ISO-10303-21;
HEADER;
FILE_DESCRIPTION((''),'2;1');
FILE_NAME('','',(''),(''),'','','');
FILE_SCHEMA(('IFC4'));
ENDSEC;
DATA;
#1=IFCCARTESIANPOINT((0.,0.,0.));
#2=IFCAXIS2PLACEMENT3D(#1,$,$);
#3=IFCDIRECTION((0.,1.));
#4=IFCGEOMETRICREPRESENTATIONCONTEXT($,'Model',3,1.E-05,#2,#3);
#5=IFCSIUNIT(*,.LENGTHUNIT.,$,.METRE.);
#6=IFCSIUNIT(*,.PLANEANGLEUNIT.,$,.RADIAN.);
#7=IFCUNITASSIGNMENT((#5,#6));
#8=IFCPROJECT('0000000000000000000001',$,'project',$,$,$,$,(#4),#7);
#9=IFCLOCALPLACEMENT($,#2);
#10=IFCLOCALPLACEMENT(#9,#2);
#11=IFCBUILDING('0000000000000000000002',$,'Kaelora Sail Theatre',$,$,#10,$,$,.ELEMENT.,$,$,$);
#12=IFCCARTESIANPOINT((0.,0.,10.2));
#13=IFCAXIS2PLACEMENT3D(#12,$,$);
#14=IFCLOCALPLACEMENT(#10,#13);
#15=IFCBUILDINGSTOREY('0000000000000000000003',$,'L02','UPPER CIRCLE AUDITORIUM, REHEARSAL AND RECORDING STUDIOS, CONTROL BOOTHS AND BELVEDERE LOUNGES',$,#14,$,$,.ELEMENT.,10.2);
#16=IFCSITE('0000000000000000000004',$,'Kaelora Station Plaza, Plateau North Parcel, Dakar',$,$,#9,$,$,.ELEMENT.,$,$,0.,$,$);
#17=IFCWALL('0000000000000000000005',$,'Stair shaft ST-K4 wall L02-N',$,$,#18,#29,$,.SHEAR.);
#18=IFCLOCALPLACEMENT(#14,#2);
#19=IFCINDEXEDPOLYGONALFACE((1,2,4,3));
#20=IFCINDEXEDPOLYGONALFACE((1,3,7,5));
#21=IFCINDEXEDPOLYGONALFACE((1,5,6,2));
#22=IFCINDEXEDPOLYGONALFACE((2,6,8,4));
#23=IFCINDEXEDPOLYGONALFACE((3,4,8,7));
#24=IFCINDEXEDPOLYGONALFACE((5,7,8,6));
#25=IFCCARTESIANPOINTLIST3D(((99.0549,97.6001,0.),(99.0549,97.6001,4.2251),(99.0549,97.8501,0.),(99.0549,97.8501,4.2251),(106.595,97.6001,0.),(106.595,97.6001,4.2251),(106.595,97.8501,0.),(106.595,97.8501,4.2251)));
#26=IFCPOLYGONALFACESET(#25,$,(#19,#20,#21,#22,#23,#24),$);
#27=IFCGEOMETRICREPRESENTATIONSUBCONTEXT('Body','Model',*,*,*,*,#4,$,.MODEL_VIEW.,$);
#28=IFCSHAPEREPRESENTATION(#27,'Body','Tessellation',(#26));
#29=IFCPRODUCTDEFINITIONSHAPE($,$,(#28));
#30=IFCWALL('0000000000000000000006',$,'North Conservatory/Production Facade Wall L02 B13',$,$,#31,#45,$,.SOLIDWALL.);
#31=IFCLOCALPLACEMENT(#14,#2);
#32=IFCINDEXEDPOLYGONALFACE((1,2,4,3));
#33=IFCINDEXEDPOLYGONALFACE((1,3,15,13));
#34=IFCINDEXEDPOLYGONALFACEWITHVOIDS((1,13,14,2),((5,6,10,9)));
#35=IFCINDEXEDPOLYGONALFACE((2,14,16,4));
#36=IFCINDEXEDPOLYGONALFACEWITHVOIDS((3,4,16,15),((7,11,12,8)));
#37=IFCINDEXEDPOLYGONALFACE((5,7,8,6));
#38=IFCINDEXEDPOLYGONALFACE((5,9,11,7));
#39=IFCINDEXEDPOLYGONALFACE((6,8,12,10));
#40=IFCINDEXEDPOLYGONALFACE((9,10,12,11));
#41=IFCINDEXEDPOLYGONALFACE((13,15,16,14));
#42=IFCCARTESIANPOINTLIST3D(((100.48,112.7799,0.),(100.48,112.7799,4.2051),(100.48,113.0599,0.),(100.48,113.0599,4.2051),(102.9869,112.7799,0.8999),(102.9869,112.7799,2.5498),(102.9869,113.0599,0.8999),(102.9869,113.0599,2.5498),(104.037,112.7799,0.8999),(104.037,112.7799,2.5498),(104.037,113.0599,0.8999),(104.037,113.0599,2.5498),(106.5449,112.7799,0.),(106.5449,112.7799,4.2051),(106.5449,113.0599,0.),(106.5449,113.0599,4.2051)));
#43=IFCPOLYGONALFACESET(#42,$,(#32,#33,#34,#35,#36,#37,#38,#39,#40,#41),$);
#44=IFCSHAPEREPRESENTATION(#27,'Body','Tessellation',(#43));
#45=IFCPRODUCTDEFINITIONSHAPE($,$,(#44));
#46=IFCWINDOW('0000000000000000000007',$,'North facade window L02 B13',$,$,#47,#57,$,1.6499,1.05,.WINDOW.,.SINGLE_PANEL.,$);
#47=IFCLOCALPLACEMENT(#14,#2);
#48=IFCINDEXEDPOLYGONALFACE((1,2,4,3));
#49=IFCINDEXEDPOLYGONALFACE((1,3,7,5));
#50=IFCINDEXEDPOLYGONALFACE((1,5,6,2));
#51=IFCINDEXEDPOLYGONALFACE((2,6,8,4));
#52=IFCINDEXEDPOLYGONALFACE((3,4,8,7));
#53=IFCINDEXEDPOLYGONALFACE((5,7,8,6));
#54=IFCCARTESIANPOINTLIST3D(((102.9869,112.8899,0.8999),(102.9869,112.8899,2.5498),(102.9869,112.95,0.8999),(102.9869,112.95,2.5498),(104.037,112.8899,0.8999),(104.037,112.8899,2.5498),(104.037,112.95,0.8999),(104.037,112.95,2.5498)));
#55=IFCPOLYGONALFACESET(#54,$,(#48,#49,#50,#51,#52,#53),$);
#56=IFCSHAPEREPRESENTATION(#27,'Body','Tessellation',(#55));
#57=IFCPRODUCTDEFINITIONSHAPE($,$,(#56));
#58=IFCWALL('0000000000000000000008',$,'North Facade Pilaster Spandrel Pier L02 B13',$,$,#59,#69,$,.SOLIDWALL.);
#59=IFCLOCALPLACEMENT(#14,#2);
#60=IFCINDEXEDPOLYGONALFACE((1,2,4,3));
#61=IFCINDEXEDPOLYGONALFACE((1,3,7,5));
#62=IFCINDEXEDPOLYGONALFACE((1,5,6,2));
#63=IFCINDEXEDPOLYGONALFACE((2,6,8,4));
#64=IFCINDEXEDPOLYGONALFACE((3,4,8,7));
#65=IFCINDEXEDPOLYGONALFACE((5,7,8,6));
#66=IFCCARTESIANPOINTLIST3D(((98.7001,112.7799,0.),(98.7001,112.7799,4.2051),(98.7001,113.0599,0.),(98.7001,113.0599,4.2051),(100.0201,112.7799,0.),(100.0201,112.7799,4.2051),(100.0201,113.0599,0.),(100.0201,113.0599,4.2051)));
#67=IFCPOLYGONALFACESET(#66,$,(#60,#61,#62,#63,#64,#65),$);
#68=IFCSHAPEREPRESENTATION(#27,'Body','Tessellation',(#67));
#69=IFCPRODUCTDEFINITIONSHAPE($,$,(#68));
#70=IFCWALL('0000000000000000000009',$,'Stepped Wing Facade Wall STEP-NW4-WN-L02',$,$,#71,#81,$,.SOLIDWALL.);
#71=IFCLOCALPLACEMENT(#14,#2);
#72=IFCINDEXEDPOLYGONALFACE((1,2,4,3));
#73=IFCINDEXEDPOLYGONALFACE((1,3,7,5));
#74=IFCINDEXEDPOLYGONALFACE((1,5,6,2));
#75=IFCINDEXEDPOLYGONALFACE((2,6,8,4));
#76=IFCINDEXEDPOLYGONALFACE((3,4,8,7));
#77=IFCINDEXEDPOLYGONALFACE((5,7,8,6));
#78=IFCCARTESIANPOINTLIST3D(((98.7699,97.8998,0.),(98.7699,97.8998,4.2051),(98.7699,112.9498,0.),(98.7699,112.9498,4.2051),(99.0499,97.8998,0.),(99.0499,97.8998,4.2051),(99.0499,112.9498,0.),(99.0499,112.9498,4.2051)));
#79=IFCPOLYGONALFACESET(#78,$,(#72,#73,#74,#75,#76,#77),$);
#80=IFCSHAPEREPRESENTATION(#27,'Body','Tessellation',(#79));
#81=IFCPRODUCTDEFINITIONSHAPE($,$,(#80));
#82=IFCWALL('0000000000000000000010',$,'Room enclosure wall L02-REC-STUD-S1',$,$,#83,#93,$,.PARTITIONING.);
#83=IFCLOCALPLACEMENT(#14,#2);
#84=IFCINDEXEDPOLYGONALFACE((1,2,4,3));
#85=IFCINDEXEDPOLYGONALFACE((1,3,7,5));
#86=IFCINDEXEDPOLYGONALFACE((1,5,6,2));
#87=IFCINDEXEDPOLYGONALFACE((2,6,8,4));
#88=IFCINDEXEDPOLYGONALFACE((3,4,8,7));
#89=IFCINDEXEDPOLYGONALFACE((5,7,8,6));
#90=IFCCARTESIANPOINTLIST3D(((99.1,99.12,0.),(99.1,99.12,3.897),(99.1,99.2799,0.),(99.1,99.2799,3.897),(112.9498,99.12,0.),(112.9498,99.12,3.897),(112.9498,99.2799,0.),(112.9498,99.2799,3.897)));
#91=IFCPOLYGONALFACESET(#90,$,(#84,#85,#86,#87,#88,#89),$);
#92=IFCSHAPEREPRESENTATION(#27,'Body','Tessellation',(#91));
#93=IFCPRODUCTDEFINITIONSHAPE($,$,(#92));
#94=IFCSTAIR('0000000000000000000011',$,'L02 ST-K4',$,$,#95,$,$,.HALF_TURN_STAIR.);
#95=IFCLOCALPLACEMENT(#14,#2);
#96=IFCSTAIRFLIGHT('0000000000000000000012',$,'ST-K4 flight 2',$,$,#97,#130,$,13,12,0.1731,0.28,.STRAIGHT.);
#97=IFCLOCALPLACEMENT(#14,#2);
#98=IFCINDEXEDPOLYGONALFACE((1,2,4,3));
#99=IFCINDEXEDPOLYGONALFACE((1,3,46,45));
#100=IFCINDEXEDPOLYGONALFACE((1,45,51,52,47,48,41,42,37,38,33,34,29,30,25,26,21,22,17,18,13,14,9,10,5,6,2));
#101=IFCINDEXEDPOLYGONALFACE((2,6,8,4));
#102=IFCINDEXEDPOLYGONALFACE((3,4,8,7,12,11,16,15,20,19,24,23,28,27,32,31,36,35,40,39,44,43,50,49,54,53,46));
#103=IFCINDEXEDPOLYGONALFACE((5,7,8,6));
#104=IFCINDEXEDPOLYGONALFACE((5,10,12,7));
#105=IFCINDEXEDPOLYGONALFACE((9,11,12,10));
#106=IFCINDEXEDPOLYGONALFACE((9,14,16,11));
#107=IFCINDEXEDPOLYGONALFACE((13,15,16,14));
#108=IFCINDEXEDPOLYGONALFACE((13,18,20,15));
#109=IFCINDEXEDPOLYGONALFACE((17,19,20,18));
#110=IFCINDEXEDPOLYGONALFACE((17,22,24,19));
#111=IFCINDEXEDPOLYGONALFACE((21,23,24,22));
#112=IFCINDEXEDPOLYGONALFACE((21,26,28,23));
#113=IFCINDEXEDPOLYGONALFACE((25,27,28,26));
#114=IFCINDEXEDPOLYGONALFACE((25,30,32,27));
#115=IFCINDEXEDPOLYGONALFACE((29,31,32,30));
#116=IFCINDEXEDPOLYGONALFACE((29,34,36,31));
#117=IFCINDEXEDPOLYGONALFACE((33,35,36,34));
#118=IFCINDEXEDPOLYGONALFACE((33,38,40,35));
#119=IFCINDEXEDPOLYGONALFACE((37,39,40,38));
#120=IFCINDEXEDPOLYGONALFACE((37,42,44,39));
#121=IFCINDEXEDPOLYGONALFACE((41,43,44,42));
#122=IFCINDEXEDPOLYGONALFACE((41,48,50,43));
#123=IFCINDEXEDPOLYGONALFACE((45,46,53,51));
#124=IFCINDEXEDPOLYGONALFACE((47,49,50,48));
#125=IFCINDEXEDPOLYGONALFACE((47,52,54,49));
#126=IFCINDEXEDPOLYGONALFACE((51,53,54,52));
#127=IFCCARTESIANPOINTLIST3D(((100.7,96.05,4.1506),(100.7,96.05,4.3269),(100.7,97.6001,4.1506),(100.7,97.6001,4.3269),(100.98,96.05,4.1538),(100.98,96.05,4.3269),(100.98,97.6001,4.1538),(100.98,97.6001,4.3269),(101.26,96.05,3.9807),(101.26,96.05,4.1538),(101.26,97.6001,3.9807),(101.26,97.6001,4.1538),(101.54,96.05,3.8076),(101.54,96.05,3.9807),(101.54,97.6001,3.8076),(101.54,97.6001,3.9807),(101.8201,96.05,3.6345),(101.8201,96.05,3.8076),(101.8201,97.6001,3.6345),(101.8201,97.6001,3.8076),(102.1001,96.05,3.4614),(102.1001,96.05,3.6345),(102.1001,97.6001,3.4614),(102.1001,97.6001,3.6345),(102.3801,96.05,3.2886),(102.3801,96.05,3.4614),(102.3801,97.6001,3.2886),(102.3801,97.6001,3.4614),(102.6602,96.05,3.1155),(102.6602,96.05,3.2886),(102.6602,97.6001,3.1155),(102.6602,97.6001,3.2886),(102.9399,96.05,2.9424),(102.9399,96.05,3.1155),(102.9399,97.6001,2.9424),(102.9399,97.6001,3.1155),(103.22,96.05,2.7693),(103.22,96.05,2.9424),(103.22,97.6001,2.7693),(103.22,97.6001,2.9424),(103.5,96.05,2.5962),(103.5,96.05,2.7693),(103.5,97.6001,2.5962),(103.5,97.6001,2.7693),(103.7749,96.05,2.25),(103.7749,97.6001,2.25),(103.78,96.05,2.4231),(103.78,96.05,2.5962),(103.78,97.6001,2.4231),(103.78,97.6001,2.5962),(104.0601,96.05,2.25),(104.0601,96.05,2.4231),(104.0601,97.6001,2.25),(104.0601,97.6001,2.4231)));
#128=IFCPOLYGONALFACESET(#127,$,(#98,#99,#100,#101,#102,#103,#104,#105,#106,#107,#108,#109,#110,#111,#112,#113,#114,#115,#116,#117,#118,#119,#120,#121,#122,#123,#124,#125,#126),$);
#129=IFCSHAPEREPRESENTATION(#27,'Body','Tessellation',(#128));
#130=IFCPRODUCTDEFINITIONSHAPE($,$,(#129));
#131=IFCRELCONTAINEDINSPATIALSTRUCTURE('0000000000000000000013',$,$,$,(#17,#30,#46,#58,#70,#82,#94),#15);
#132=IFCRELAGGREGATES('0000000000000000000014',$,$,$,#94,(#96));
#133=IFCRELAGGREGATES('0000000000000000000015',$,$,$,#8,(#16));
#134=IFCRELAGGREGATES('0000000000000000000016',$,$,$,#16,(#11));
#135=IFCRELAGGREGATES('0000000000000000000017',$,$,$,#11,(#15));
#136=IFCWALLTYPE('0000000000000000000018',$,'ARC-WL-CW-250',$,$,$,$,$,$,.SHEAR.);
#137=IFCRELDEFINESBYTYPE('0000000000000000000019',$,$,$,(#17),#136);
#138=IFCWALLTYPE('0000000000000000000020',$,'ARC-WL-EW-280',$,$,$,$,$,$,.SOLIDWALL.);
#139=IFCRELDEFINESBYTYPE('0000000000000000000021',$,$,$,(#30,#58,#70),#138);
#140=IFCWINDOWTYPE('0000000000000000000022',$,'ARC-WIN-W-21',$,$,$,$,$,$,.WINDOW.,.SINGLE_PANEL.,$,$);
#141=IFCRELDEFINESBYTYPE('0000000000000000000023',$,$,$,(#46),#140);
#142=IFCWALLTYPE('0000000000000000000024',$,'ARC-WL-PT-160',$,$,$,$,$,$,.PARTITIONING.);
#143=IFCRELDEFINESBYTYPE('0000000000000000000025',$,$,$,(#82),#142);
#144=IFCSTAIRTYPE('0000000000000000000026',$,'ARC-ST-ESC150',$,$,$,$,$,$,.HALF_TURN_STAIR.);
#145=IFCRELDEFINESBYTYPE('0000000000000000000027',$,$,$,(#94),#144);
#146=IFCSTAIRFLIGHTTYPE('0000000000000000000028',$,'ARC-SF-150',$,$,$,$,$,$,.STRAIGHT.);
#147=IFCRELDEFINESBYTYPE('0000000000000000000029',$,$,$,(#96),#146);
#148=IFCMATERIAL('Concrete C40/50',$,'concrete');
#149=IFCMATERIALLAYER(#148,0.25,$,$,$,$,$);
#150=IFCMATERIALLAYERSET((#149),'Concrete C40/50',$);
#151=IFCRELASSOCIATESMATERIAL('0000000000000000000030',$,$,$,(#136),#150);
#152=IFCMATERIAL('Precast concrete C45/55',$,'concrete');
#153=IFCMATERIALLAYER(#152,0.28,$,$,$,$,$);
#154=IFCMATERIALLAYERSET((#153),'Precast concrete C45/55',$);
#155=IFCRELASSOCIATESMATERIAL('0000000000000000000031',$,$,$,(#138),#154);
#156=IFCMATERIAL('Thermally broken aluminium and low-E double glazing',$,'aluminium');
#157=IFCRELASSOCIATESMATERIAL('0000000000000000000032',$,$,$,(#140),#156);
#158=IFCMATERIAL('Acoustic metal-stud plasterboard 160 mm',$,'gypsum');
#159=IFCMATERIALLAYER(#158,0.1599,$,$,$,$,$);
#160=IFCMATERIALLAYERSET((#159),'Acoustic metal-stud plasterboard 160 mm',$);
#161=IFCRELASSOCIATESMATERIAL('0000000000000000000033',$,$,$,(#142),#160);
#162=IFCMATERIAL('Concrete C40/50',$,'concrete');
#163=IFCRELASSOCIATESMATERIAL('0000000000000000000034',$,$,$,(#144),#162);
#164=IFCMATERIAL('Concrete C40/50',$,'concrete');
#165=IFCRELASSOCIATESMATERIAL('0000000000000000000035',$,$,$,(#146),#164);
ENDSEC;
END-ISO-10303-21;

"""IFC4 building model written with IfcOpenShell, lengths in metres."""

from ifc_helpers import new_model, si_unit, direction, frame, frame_2d, origin, place, context, subcontext, project, spatial, polyline, rectangle, outline, extrude, material, layer, layer_set, type_object, element, fill, aggregate, save


model = new_model("IFC4")

# Units and contexts
model_context = context("Model", 3, precision=1e-05, world=origin(), true_north=direction((0.0, 1.0)))
body_context = subcontext(model_context, "Body", "Model", "MODEL_VIEW")
ifc_project = project(units=[si_unit("LENGTHUNIT", "METRE"), si_unit("PLANEANGLEUNIT", "RADIAN")], contexts=[model_context])

# Site, building, storey
site_placement = place(None, origin())
site = spatial("IfcSite", under=ifc_project, at=site_placement, Name="Kaelora Station Plaza, Plateau North Parcel, Dakar", CompositionType="ELEMENT", RefElevation=0.0)
building_placement = place(site_placement, origin())
building = spatial("IfcBuilding", under=site, at=building_placement, Name="Kaelora Sail Theatre", CompositionType="ELEMENT")
storey_placement = place(building_placement, frame((0.0, 0.0, 10.2)))
storey = spatial("IfcBuildingStorey", under=building, at=storey_placement, Name="L02", Description="UPPER CIRCLE AUDITORIUM, REHEARSAL AND RECORDING STUDIOS, CONTROL BOOTHS AND BELVEDERE LOUNGES", CompositionType="ELEMENT", Elevation=10.2)

# Wall
ifc_material_1 = material(Name="Concrete C40/50", Category="concrete")
ifc_layer_1 = layer(ifc_material_1, 0.25)
ifc_layer_set_1 = layer_set([ifc_layer_1], Name="Concrete C40/50")
wall_type_1 = type_object("IfcWallType", Name="ARC-WL-CW-250", PredefinedType="SHEAR", material=ifc_layer_set_1)
wall_1_placement = place(storey_placement, frame((99.0549, 97.7251, 0.0), z_axis=(0.0, 0.0, 1.0), x_axis=(1.0, 0.0, 0.0)))
element("IfcWall", 1, at=wall_1_placement, inside=storey, type_object=wall_type_1, Name="Stair shaft ST-K4 wall L02-N", PredefinedType="SHEAR", context=body_context, shape_type="SweptSolid", body=[
    extrude(rectangle(XDim=7.54, YDim=0.25, at=frame_2d((3.77, 0.0))), origin(), (0.0, 0.0, 1.0), 4.2251),
])

# Wall, opening, window
ifc_material_2 = material(Name="Precast concrete C45/55", Category="concrete")
ifc_layer_2 = layer(ifc_material_2, 0.28)
ifc_layer_set_2 = layer_set([ifc_layer_2], Name="Precast concrete C45/55")
wall_type_2 = type_object("IfcWallType", Name="ARC-WL-EW-280", PredefinedType="SOLIDWALL", material=ifc_layer_set_2)
wall_2_placement = place(storey_placement, frame((100.48, 112.9199, 0.0), z_axis=(0.0, 0.0, 1.0), x_axis=(1.0, 0.0, 0.0)))
wall_2 = element("IfcWall", 2, at=wall_2_placement, inside=storey, type_object=wall_type_2, Name="North Conservatory/Production Facade Wall L02 B13", PredefinedType="SOLIDWALL", context=body_context, shape_type="SweptSolid", body=[
    extrude(rectangle(XDim=6.0649, YDim=0.28, at=frame_2d((3.0325, 0.0))), origin(), (0.0, 0.0, 1.0), 4.2051),
])
opening_placement = place(wall_2_placement, frame((2.5071, 0.0, 0.8999)))
opening = element("IfcOpeningElement", 3, at=opening_placement, cuts=wall_2, PredefinedType="OPENING", context=body_context, shape_type="SweptSolid", body=[
    extrude(rectangle(XDim=1.05, YDim=1.6499, at=frame_2d((0.5249, 0.825))), frame((0.0, 0.1501, 0.0), z_axis=(0.0, -1.0, 0.0), x_axis=(1.0, 0.0, 0.0)), (0.0, 0.0, 1.0), 0.3),
])
ifc_material_3 = material(Name="Thermally broken aluminium and low-E double glazing", Category="aluminium")
window_type = type_object("IfcWindowType", Name="ARC-WIN-W-21", PartitioningType="SINGLE_PANEL", PredefinedType="WINDOW", material=ifc_material_3)
window_placement = place(opening_placement, origin())
window = element("IfcWindow", 4, at=window_placement, inside=storey, type_object=window_type, Name="North facade window L02 B13", OverallHeight=1.6499, OverallWidth=1.05, PartitioningType="SINGLE_PANEL", PredefinedType="WINDOW", context=body_context, shape_type="SweptSolid", body=[
    extrude(rectangle(XDim=1.05, YDim=1.6499, at=frame_2d((0.5249, 0.825))), frame((0.0, 0.03, 0.0), z_axis=(0.0, -1.0, 0.0), x_axis=(1.0, 0.0, 0.0)), (0.0, 0.0, 1.0), 0.0601),
])
fill(opening, window)

# Walls
wall_3_placement = place(storey_placement, frame((98.7, 112.9199, 0.0), z_axis=(0.0, 0.0, 1.0), x_axis=(1.0, 0.0, 0.0)))
element("IfcWall", 5, at=wall_3_placement, inside=storey, type_object=wall_type_2, Name="North Facade Pilaster Spandrel Pier L02 B13", PredefinedType="SOLIDWALL", context=body_context, shape_type="SweptSolid", body=[
    extrude(rectangle(XDim=1.3201, YDim=0.28, at=frame_2d((0.6602, 0.0))), origin(), (0.0, 0.0, 1.0), 4.2051),
])
wall_4_placement = place(storey_placement, frame((98.9099, 97.8999, 0.0), z_axis=(0.0, 0.0, 1.0), x_axis=(0.0, 1.0, 0.0)))
element("IfcWall", 6, at=wall_4_placement, inside=storey, type_object=wall_type_2, Name="Stepped Wing Facade Wall STEP-NW4-WN-L02", PredefinedType="SOLIDWALL", context=body_context, shape_type="SweptSolid", body=[
    extrude(rectangle(XDim=15.05, YDim=0.28, at=frame_2d((7.5249, 0.0))), origin(), (0.0, 0.0, 1.0), 4.2051),
])
ifc_material_4 = material(Name="Acoustic metal-stud plasterboard 160 mm", Category="gypsum")
ifc_layer_3 = layer(ifc_material_4, 0.1599)
ifc_layer_set_3 = layer_set([ifc_layer_3], Name="Acoustic metal-stud plasterboard 160 mm")
wall_type_3 = type_object("IfcWallType", Name="ARC-WL-PT-160", PredefinedType="PARTITIONING", material=ifc_layer_set_3)
wall_5_placement = place(storey_placement, frame((99.1001, 99.2, 0.0), z_axis=(0.0, 0.0, 1.0), x_axis=(1.0, 0.0, 0.0)))
element("IfcWall", 7, at=wall_5_placement, inside=storey, type_object=wall_type_3, Name="Room enclosure wall L02-REC-STUD-S1", PredefinedType="PARTITIONING", context=body_context, shape_type="SweptSolid", body=[
    extrude(rectangle(XDim=13.8499, YDim=0.1599, at=frame_2d((6.9248, 0.0))), origin(), (0.0, 0.0, 1.0), 3.897),
])

# Stair, stair flight
ifc_material_5 = material(Name="Concrete C40/50", Category="concrete")
stair_type = type_object("IfcStairType", Name="ARC-ST-ESC150", PredefinedType="HALF_TURN_STAIR", material=ifc_material_5)
stair_placement = place(storey_placement, origin())
stair = element("IfcStair", 8, at=stair_placement, inside=storey, type_object=stair_type, Name="L02 ST-K4", PredefinedType="HALF_TURN_STAIR")
ifc_material_6 = material(Name="Concrete C40/50", Category="concrete")
stair_flight_type = type_object("IfcStairFlightType", Name="ARC-SF-150", PredefinedType="STRAIGHT", material=ifc_material_6)
stair_flight_placement = place(storey_placement, frame((104.0601, 96.825, 2.25), z_axis=(0.0, 0.0, 1.0), x_axis=(-1.0, 0.0, 0.0)))
stair_flight = element("IfcStairFlight", 9, at=stair_flight_placement, type_object=stair_flight_type, Name="ST-K4 flight 2", NumberOfRisers=13, NumberOfTreads=12, PredefinedType="STRAIGHT", RiserHeight=0.1731, TreadLength=0.28, context=body_context, shape_type="SweptSolid", body=[
    extrude(outline(polyline([(0.0, 0.0), (0.0, 0.1731), (0.28, 0.1731), (0.28, 0.3462), (0.5601, 0.3462), (0.5601, 0.5193), (0.8401, 0.5193), (0.8401, 0.6924), (1.1201, 0.6924), (1.1201, 0.8655), (1.3999, 0.8655), (1.3999, 1.0386), (1.6799, 1.0386), (1.6799, 1.2114), (1.96, 1.2114), (1.96, 1.3845), (2.24, 1.3845), (2.24, 1.5576), (2.52, 1.5576), (2.52, 1.7307), (2.8, 1.7307), (2.8, 1.9038), (3.0801, 1.9038), (3.0801, 2.0769), (3.3601, 2.0769), (3.3601, 2.25), (3.3601, 1.9006), (0.2852, 0.0), (0.0, 0.0)])), frame((0.0, 0.7749, 0.0), z_axis=(0.0, -1.0, 0.0), x_axis=(1.0, 0.0, 0.0)), (0.0, 0.0, 1.0), 1.55),
])
aggregate(stair, [stair_flight])

save(model, "model.ifc")
